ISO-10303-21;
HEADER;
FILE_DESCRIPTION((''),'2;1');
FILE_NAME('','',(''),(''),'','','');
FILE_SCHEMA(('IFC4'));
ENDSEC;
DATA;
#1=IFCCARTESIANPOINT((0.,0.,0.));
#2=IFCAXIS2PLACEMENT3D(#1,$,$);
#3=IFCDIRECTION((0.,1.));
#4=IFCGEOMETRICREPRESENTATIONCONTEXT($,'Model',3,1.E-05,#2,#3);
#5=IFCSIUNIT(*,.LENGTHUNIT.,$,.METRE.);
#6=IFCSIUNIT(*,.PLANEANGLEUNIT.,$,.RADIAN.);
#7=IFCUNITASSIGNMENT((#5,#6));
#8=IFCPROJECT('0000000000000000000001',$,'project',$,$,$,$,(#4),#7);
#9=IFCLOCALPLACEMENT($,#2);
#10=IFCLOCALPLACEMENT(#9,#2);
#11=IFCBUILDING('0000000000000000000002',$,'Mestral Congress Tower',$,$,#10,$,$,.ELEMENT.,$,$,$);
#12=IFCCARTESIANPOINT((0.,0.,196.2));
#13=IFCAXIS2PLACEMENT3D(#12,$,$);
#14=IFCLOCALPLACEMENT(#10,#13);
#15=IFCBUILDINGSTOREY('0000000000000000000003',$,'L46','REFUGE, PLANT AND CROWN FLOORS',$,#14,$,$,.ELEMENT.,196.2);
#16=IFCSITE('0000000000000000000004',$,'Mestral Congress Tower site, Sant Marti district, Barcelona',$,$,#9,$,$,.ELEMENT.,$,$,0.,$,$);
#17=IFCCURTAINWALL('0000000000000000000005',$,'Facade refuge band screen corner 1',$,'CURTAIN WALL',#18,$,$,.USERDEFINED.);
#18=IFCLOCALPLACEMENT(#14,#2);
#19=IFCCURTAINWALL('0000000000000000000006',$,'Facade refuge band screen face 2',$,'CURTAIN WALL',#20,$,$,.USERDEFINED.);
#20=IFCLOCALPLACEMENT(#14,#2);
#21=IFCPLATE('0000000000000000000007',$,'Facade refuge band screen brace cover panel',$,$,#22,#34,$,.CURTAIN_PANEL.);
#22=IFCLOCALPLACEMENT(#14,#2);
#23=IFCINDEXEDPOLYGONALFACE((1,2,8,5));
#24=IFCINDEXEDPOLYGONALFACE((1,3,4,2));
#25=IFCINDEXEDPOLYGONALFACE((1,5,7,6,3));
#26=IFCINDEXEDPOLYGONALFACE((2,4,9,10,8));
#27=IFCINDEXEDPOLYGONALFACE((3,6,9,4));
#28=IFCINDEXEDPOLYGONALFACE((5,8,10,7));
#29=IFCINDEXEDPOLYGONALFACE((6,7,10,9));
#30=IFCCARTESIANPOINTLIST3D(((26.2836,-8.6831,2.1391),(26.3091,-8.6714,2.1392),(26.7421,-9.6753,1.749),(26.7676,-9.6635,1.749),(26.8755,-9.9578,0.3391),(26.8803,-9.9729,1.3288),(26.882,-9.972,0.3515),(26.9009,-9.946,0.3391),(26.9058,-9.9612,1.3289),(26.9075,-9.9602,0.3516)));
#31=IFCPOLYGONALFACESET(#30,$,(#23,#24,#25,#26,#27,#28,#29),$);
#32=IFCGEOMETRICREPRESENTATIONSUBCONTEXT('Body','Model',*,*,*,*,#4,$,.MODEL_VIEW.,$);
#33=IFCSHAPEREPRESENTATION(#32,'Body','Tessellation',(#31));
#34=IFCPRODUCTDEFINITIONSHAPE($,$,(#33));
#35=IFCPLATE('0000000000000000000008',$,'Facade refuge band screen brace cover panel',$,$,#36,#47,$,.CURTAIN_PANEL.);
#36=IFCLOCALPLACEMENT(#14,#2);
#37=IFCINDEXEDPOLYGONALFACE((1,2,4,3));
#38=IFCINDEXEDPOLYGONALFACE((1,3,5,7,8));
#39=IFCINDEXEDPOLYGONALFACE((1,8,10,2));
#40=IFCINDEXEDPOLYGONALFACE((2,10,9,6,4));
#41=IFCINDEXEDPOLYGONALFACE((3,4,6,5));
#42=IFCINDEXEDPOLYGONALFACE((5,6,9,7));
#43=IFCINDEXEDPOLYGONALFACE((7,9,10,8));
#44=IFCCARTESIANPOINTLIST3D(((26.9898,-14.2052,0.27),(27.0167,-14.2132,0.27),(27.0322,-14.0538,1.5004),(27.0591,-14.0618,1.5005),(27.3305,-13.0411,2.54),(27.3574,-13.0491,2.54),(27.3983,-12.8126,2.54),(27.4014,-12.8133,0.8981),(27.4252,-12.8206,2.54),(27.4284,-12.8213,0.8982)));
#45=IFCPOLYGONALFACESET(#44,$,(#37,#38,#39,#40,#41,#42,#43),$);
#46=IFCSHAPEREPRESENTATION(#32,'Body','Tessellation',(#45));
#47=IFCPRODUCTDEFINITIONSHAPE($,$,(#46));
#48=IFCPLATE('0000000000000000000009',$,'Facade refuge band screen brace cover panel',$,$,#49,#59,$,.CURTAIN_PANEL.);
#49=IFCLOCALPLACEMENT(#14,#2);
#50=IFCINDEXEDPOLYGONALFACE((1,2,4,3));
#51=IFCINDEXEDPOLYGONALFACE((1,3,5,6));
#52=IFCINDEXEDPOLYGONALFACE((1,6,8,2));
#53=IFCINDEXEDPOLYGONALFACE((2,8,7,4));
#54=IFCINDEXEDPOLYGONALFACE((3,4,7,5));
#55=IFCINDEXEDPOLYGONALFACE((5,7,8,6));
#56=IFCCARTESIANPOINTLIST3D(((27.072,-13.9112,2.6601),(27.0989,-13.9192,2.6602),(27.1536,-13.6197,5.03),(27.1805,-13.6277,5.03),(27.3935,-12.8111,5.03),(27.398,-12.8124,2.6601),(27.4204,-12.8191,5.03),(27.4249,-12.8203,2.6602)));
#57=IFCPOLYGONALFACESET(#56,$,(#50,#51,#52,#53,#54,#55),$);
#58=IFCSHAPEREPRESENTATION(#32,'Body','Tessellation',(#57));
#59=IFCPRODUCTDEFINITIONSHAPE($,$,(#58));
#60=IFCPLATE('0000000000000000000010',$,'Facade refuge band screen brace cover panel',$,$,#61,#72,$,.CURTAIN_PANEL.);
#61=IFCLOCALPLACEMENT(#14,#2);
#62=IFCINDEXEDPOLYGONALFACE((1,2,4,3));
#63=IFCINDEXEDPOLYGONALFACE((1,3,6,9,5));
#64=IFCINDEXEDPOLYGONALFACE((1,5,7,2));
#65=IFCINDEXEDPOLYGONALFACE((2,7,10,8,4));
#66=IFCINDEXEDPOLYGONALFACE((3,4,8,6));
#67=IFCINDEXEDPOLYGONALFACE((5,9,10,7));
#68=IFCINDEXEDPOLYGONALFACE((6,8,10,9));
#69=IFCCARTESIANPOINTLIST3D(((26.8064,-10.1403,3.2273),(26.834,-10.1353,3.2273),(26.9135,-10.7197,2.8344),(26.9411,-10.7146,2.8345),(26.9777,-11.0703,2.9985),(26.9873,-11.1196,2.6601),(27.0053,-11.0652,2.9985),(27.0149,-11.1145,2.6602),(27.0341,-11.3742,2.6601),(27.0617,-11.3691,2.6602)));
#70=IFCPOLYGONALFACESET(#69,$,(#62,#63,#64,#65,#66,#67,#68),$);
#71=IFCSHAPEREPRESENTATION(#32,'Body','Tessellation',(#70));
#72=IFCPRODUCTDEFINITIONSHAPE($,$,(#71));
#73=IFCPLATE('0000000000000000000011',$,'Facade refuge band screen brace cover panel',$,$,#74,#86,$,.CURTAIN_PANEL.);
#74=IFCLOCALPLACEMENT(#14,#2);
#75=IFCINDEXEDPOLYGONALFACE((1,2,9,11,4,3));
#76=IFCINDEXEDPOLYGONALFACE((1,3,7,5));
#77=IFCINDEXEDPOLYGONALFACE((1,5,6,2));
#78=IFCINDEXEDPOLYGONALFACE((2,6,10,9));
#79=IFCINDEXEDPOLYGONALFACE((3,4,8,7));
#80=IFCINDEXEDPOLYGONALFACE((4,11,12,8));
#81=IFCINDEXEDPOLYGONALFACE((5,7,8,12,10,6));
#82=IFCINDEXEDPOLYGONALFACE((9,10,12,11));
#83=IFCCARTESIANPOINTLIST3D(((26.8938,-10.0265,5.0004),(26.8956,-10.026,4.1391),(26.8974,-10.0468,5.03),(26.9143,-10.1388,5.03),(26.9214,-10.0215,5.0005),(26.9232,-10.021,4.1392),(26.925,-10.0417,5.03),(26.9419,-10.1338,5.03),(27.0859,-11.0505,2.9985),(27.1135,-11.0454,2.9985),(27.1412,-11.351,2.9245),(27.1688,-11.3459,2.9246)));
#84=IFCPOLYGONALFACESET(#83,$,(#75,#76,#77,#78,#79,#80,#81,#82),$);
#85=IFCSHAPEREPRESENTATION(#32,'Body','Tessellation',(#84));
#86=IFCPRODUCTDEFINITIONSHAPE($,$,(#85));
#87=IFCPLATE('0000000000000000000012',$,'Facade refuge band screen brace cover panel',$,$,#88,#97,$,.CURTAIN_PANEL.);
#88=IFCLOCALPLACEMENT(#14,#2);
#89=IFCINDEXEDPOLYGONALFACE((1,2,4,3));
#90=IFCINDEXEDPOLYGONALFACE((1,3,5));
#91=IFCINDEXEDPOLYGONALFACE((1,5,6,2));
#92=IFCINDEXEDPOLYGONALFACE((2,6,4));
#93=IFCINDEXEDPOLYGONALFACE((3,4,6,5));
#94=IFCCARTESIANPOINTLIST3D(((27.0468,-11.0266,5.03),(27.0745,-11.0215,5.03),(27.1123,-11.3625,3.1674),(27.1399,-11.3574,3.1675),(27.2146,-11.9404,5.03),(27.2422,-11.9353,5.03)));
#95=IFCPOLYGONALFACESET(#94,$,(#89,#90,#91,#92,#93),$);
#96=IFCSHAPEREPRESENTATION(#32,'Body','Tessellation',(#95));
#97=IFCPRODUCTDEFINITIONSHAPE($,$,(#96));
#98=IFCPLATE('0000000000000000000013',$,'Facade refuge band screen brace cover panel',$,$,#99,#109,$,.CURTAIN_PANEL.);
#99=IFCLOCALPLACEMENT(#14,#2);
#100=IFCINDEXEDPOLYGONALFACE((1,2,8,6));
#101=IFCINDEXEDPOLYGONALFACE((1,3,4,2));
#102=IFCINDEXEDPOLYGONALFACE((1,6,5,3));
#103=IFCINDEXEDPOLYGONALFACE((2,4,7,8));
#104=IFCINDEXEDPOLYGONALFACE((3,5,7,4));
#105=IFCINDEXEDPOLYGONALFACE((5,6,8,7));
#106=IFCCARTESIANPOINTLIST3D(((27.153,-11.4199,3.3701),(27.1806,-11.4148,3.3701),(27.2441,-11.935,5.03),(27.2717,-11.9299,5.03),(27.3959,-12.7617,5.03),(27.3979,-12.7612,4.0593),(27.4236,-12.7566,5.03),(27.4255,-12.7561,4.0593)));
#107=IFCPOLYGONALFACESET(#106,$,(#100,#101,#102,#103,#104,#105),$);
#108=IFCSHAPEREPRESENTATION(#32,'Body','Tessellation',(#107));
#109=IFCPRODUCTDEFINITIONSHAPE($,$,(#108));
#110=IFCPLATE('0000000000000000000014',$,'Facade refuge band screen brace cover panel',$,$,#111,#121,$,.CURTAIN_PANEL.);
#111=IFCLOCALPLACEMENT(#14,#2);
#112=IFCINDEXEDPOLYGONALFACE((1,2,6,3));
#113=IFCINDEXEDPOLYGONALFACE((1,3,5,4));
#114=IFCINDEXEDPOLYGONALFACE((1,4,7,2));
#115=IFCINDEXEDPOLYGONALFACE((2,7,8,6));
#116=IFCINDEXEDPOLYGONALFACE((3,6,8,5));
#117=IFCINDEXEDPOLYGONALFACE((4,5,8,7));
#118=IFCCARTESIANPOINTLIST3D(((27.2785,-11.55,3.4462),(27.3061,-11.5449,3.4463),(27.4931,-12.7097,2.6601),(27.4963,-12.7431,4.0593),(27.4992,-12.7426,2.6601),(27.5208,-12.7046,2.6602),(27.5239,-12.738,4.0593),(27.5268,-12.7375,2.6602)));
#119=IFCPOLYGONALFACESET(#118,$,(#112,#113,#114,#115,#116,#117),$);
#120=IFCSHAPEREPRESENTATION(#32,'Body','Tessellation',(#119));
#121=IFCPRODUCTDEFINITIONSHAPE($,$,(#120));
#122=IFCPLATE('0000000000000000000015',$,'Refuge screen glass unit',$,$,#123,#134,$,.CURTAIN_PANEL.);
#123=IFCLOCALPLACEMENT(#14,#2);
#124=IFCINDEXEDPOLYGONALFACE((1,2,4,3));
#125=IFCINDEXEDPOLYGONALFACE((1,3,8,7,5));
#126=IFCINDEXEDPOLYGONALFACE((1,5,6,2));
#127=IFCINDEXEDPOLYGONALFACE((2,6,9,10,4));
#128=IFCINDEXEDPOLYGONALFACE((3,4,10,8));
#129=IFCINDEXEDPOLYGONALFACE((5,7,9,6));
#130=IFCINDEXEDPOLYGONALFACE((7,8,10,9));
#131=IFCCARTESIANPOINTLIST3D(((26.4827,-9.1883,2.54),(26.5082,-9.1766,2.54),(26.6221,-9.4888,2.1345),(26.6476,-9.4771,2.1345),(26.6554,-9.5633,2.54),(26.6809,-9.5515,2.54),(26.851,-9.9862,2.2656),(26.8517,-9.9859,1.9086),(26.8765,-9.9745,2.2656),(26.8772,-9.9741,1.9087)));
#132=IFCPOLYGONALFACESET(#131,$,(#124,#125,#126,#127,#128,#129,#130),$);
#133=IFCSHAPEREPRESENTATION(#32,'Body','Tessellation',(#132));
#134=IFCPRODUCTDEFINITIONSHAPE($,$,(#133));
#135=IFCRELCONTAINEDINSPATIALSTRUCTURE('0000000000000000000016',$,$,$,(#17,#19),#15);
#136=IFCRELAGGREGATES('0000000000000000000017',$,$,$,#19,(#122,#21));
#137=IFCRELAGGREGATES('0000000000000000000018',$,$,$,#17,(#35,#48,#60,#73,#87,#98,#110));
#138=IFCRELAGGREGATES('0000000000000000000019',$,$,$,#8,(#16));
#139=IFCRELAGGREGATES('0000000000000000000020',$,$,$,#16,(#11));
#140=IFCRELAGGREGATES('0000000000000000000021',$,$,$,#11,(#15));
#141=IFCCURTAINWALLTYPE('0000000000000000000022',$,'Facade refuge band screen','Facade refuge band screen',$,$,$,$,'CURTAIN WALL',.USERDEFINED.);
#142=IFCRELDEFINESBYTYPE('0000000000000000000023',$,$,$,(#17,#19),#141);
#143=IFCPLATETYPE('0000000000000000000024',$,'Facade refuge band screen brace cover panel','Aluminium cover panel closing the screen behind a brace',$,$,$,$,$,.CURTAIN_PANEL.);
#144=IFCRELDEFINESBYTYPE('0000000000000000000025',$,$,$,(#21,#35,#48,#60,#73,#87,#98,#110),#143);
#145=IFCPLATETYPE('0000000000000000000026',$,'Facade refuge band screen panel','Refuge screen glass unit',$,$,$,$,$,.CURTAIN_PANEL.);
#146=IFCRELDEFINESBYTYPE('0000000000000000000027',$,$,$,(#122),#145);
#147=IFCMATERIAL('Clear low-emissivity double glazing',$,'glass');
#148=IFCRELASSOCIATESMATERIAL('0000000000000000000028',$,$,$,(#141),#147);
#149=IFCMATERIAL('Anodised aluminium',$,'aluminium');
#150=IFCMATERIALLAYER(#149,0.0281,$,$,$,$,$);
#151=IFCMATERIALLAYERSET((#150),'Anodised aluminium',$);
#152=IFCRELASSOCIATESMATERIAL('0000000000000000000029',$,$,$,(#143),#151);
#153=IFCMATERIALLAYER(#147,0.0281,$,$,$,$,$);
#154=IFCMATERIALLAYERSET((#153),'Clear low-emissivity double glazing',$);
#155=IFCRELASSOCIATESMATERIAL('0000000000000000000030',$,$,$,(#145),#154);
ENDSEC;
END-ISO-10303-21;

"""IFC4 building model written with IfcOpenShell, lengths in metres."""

from ifc_helpers import new_model, si_unit, direction, frame, origin, place, context, subcontext, project, spatial, polyline, outline, extrude, material, layer, layer_set, type_object, element, aggregate, save


model = new_model("IFC4")

# Units and contexts
model_context = context("Model", 3, precision=1e-05, world=origin(), true_north=direction((0.0, 1.0)))
body_context = subcontext(model_context, "Body", "Model", "MODEL_VIEW")
ifc_project = project(units=[si_unit("LENGTHUNIT", "METRE"), si_unit("PLANEANGLEUNIT", "RADIAN")], contexts=[model_context])

# Site, building, storey
site_placement = place(None, origin())
site = spatial("IfcSite", under=ifc_project, at=site_placement, Name="Mestral Congress Tower site, Sant Marti district, Barcelona", CompositionType="ELEMENT", RefElevation=0.0)
building_placement = place(site_placement, origin())
building = spatial("IfcBuilding", under=site, at=building_placement, Name="Mestral Congress Tower", CompositionType="ELEMENT")
storey_placement = place(building_placement, frame((0.0, 0.0, 196.2)))
storey = spatial("IfcBuildingStorey", under=building, at=storey_placement, Name="L46", Description="REFUGE, PLANT AND CROWN FLOORS", CompositionType="ELEMENT", Elevation=196.2)

# Curtain walls
ifc_material_1 = material(Name="Clear low-emissivity double glazing", Category="glass")
curtain_wall_type = type_object("IfcCurtainWallType", Name="Facade refuge band screen", Description="Facade refuge band screen", ElementType="CURTAIN WALL", PredefinedType="USERDEFINED", material=ifc_material_1)
placement = place(storey_placement, origin())
curtain_wall_1 = element("IfcCurtainWall", 1, at=placement, inside=storey, type_object=curtain_wall_type, Name="Facade refuge band screen corner 1", ObjectType="CURTAIN WALL", PredefinedType="USERDEFINED")
ifc_material_2 = material(Name="Anodised aluminium", Category="aluminium")
curtain_wall_2 = element("IfcCurtainWall", 2, at=placement, inside=storey, type_object=curtain_wall_type, Name="Facade refuge band screen face 2", ObjectType="CURTAIN WALL", PredefinedType="USERDEFINED")

# Plates
ifc_layer_1 = layer(ifc_material_2, 0.0281)
ifc_layer_set_1 = layer_set([ifc_layer_1], Name="Anodised aluminium")
plate_type_1 = type_object("IfcPlateType", Name="Facade refuge band screen brace cover panel", Description="Aluminium cover panel closing the screen behind a brace", PredefinedType="CURTAIN_PANEL", material=ifc_layer_set_1)
plate_1_placement = place(storey_placement, frame((26.9075, -9.9602, 0.3516), z_axis=(0.908029, 0.418902, 0.001935), x_axis=(-0.001684, -0.000969, 0.999998)))
plate_1 = element("IfcPlate", 3, at=plate_1_placement, type_object=plate_type_1, Name="Facade refuge band screen brace cover panel", PredefinedType="CURTAIN_PANEL", context=body_context, shape_type="SweptSolid", body=[
    extrude(outline(polyline([(0.0, 0.0), (0.9773, 0.0), (1.3974, -0.3282), (1.7874, -1.4213), (-0.0125, -0.0156), (0.0, 0.0)])), origin(), (0.0, 0.0, -1.0), 0.0281),
])
plate_2_placement = place(storey_placement, frame((27.3574, -13.0491, 2.54), z_axis=(0.958691, -0.284444, 0.001966), x_axis=(0.284444, 0.958693, 0.000001)))
plate_2 = element("IfcPlate", 4, at=plate_2_placement, type_object=plate_type_1, Name="Facade refuge band screen brace cover panel", PredefinedType="CURTAIN_PANEL", context=body_context, shape_type="SweptSolid", body=[
    extrude(outline(polyline([(0.0, 0.0), (0.2383, 0.0), (0.2385, -1.6418), (-1.2129, -2.27), (-1.0558, -1.0396), (0.0, 0.0)])), origin(), (0.0, 0.0, -1.0), 0.0281),
])
plate_3_placement = place(storey_placement, frame((27.4204, -12.8191, 5.03), z_axis=(0.958695, -0.28443, 0.001962), x_axis=(0.00189, -0.000526, -0.999998)))
plate_3 = element("IfcPlate", 5, at=plate_3_placement, type_object=plate_type_1, Name="Facade refuge band screen brace cover panel", PredefinedType="CURTAIN_PANEL", context=body_context, shape_type="SweptSolid", body=[
    extrude(outline(polyline([(0.0, 0.0), (2.3699, 0.0), (2.3698, -1.1462), (0.0, -0.8435), (0.0, 0.0)])), origin(), (0.0, 0.0, -1.0), 0.0281),
])
plate_4_placement = place(storey_placement, frame((26.834, -10.1353, 3.2273), z_axis=(0.983506, 0.18087, 0.001457), x_axis=(0.151284, -0.818156, -0.554738)))
plate_4 = element("IfcPlate", 6, at=plate_4_placement, type_object=plate_type_1, Name="Facade refuge band screen brace cover panel", PredefinedType="CURTAIN_PANEL", context=body_context, shape_type="SweptSolid", body=[
    extrude(outline(polyline([(0.0, 0.0), (0.7081, 0.0), (1.1432, -0.0805), (1.3586, -0.2242), (0.9137, -0.3342), (0.0, 0.0)])), origin(), (0.0, 0.0, -1.0), 0.0281),
])
plate_5_placement = place(storey_placement, frame((27.1135, -11.0454, 2.9985), z_axis=(0.983605, 0.180326, 0.002167), x_axis=(0.175765, -0.955899, -0.235297)))
plate_5 = element("IfcPlate", 7, at=plate_5_placement, type_object=plate_type_1, Name="Facade refuge band screen brace cover panel", PredefinedType="CURTAIN_PANEL", context=body_context, shape_type="SweptSolid", body=[
    extrude(outline(polyline([(0.0, 0.0), (0.3144, 0.0), (-1.3796, -1.7562), (-1.4705, -1.7342), (-1.4836, -1.7006), (-1.2811, -0.8634), (0.0, 0.0)])), origin(), (0.0, 0.0, -1.0), 0.0281),
])
plate_6_placement = place(storey_placement, frame((27.2422, -11.9353, 5.03), z_axis=(0.983568, 0.180527, 0.001991), x_axis=(-0.180527, 0.98357, 0.0)))
plate_6 = element("IfcPlate", 8, at=plate_6_placement, type_object=plate_type_1, Name="Facade refuge band screen brace cover panel", PredefinedType="CURTAIN_PANEL", context=body_context, shape_type="SweptSolid", body=[
    extrude(outline(polyline([(0.0, 0.0), (0.9291, 0.0), (0.5869, -1.8626), (0.0, 0.0)])), origin(), (0.0, 0.0, -1.0), 0.0281),
])
plate_7_placement = place(storey_placement, frame((27.4255, -12.7561, 4.0593), z_axis=(0.983545, 0.180649, 0.002092), x_axis=(-0.002034, -0.000507, 0.999998)))
plate_7 = element("IfcPlate", 9, at=plate_7_placement, type_object=plate_type_1, Name="Facade refuge band screen brace cover panel", PredefinedType="CURTAIN_PANEL", context=body_context, shape_type="SweptSolid", body=[
    extrude(outline(polyline([(0.0, 0.0), (0.9707, 0.0), (0.9706, -0.8405), (-0.6894, -1.3634), (0.0, 0.0)])), origin(), (0.0, 0.0, -1.0), 0.0281),
])
plate_8_placement = place(storey_placement, frame((27.5208, -12.7046, 2.6602), z_axis=(0.983548, 0.180636, 0.002087), x_axis=(0.180636, -0.98355, 0.000012)))
plate_8 = element("IfcPlate", 10, at=plate_8_placement, type_object=plate_type_1, Name="Facade refuge band screen brace cover panel", PredefinedType="CURTAIN_PANEL", context=body_context, shape_type="SweptSolid", body=[
    extrude(outline(polyline([(0.0, 0.0), (0.0335, 0.0), (0.0335, -1.3992), (-1.1794, -0.7861), (0.0, 0.0)])), origin(), (0.0, 0.0, -1.0), 0.0281),
])
ifc_layer_2 = layer(ifc_material_1, 0.0281)
ifc_layer_set_2 = layer_set([ifc_layer_2], Name="Clear low-emissivity double glazing")
plate_type_2 = type_object("IfcPlateType", Name="Facade refuge band screen panel", Description="Refuge screen glass unit", PredefinedType="CURTAIN_PANEL", material=ifc_layer_set_2)
plate_9_placement = place(storey_placement, frame((26.8772, -9.9741, 1.9087), z_axis=(0.908196, 0.41854, 0.00216), x_axis=(-0.001942, -0.000948, 0.999998)))
plate_9 = element("IfcPlate", 11, at=plate_9_placement, type_object=plate_type_2, Name="Refuge screen glass unit", PredefinedType="CURTAIN_PANEL", context=body_context, shape_type="SweptSolid", body=[
    extrude(outline(polyline([(0.0, 0.0), (0.3569, 0.0), (0.6313, -0.466), (0.6313, -0.8788), (0.2258, -0.5475), (0.0, 0.0)])), origin(), (0.0, 0.0, -1.0), 0.0281),
])

aggregate(curtain_wall_2, [plate_9, plate_1])
aggregate(curtain_wall_1, [plate_2, plate_3, plate_4, plate_5, plate_6, plate_7, plate_8])

save(model, "model.ifc")
